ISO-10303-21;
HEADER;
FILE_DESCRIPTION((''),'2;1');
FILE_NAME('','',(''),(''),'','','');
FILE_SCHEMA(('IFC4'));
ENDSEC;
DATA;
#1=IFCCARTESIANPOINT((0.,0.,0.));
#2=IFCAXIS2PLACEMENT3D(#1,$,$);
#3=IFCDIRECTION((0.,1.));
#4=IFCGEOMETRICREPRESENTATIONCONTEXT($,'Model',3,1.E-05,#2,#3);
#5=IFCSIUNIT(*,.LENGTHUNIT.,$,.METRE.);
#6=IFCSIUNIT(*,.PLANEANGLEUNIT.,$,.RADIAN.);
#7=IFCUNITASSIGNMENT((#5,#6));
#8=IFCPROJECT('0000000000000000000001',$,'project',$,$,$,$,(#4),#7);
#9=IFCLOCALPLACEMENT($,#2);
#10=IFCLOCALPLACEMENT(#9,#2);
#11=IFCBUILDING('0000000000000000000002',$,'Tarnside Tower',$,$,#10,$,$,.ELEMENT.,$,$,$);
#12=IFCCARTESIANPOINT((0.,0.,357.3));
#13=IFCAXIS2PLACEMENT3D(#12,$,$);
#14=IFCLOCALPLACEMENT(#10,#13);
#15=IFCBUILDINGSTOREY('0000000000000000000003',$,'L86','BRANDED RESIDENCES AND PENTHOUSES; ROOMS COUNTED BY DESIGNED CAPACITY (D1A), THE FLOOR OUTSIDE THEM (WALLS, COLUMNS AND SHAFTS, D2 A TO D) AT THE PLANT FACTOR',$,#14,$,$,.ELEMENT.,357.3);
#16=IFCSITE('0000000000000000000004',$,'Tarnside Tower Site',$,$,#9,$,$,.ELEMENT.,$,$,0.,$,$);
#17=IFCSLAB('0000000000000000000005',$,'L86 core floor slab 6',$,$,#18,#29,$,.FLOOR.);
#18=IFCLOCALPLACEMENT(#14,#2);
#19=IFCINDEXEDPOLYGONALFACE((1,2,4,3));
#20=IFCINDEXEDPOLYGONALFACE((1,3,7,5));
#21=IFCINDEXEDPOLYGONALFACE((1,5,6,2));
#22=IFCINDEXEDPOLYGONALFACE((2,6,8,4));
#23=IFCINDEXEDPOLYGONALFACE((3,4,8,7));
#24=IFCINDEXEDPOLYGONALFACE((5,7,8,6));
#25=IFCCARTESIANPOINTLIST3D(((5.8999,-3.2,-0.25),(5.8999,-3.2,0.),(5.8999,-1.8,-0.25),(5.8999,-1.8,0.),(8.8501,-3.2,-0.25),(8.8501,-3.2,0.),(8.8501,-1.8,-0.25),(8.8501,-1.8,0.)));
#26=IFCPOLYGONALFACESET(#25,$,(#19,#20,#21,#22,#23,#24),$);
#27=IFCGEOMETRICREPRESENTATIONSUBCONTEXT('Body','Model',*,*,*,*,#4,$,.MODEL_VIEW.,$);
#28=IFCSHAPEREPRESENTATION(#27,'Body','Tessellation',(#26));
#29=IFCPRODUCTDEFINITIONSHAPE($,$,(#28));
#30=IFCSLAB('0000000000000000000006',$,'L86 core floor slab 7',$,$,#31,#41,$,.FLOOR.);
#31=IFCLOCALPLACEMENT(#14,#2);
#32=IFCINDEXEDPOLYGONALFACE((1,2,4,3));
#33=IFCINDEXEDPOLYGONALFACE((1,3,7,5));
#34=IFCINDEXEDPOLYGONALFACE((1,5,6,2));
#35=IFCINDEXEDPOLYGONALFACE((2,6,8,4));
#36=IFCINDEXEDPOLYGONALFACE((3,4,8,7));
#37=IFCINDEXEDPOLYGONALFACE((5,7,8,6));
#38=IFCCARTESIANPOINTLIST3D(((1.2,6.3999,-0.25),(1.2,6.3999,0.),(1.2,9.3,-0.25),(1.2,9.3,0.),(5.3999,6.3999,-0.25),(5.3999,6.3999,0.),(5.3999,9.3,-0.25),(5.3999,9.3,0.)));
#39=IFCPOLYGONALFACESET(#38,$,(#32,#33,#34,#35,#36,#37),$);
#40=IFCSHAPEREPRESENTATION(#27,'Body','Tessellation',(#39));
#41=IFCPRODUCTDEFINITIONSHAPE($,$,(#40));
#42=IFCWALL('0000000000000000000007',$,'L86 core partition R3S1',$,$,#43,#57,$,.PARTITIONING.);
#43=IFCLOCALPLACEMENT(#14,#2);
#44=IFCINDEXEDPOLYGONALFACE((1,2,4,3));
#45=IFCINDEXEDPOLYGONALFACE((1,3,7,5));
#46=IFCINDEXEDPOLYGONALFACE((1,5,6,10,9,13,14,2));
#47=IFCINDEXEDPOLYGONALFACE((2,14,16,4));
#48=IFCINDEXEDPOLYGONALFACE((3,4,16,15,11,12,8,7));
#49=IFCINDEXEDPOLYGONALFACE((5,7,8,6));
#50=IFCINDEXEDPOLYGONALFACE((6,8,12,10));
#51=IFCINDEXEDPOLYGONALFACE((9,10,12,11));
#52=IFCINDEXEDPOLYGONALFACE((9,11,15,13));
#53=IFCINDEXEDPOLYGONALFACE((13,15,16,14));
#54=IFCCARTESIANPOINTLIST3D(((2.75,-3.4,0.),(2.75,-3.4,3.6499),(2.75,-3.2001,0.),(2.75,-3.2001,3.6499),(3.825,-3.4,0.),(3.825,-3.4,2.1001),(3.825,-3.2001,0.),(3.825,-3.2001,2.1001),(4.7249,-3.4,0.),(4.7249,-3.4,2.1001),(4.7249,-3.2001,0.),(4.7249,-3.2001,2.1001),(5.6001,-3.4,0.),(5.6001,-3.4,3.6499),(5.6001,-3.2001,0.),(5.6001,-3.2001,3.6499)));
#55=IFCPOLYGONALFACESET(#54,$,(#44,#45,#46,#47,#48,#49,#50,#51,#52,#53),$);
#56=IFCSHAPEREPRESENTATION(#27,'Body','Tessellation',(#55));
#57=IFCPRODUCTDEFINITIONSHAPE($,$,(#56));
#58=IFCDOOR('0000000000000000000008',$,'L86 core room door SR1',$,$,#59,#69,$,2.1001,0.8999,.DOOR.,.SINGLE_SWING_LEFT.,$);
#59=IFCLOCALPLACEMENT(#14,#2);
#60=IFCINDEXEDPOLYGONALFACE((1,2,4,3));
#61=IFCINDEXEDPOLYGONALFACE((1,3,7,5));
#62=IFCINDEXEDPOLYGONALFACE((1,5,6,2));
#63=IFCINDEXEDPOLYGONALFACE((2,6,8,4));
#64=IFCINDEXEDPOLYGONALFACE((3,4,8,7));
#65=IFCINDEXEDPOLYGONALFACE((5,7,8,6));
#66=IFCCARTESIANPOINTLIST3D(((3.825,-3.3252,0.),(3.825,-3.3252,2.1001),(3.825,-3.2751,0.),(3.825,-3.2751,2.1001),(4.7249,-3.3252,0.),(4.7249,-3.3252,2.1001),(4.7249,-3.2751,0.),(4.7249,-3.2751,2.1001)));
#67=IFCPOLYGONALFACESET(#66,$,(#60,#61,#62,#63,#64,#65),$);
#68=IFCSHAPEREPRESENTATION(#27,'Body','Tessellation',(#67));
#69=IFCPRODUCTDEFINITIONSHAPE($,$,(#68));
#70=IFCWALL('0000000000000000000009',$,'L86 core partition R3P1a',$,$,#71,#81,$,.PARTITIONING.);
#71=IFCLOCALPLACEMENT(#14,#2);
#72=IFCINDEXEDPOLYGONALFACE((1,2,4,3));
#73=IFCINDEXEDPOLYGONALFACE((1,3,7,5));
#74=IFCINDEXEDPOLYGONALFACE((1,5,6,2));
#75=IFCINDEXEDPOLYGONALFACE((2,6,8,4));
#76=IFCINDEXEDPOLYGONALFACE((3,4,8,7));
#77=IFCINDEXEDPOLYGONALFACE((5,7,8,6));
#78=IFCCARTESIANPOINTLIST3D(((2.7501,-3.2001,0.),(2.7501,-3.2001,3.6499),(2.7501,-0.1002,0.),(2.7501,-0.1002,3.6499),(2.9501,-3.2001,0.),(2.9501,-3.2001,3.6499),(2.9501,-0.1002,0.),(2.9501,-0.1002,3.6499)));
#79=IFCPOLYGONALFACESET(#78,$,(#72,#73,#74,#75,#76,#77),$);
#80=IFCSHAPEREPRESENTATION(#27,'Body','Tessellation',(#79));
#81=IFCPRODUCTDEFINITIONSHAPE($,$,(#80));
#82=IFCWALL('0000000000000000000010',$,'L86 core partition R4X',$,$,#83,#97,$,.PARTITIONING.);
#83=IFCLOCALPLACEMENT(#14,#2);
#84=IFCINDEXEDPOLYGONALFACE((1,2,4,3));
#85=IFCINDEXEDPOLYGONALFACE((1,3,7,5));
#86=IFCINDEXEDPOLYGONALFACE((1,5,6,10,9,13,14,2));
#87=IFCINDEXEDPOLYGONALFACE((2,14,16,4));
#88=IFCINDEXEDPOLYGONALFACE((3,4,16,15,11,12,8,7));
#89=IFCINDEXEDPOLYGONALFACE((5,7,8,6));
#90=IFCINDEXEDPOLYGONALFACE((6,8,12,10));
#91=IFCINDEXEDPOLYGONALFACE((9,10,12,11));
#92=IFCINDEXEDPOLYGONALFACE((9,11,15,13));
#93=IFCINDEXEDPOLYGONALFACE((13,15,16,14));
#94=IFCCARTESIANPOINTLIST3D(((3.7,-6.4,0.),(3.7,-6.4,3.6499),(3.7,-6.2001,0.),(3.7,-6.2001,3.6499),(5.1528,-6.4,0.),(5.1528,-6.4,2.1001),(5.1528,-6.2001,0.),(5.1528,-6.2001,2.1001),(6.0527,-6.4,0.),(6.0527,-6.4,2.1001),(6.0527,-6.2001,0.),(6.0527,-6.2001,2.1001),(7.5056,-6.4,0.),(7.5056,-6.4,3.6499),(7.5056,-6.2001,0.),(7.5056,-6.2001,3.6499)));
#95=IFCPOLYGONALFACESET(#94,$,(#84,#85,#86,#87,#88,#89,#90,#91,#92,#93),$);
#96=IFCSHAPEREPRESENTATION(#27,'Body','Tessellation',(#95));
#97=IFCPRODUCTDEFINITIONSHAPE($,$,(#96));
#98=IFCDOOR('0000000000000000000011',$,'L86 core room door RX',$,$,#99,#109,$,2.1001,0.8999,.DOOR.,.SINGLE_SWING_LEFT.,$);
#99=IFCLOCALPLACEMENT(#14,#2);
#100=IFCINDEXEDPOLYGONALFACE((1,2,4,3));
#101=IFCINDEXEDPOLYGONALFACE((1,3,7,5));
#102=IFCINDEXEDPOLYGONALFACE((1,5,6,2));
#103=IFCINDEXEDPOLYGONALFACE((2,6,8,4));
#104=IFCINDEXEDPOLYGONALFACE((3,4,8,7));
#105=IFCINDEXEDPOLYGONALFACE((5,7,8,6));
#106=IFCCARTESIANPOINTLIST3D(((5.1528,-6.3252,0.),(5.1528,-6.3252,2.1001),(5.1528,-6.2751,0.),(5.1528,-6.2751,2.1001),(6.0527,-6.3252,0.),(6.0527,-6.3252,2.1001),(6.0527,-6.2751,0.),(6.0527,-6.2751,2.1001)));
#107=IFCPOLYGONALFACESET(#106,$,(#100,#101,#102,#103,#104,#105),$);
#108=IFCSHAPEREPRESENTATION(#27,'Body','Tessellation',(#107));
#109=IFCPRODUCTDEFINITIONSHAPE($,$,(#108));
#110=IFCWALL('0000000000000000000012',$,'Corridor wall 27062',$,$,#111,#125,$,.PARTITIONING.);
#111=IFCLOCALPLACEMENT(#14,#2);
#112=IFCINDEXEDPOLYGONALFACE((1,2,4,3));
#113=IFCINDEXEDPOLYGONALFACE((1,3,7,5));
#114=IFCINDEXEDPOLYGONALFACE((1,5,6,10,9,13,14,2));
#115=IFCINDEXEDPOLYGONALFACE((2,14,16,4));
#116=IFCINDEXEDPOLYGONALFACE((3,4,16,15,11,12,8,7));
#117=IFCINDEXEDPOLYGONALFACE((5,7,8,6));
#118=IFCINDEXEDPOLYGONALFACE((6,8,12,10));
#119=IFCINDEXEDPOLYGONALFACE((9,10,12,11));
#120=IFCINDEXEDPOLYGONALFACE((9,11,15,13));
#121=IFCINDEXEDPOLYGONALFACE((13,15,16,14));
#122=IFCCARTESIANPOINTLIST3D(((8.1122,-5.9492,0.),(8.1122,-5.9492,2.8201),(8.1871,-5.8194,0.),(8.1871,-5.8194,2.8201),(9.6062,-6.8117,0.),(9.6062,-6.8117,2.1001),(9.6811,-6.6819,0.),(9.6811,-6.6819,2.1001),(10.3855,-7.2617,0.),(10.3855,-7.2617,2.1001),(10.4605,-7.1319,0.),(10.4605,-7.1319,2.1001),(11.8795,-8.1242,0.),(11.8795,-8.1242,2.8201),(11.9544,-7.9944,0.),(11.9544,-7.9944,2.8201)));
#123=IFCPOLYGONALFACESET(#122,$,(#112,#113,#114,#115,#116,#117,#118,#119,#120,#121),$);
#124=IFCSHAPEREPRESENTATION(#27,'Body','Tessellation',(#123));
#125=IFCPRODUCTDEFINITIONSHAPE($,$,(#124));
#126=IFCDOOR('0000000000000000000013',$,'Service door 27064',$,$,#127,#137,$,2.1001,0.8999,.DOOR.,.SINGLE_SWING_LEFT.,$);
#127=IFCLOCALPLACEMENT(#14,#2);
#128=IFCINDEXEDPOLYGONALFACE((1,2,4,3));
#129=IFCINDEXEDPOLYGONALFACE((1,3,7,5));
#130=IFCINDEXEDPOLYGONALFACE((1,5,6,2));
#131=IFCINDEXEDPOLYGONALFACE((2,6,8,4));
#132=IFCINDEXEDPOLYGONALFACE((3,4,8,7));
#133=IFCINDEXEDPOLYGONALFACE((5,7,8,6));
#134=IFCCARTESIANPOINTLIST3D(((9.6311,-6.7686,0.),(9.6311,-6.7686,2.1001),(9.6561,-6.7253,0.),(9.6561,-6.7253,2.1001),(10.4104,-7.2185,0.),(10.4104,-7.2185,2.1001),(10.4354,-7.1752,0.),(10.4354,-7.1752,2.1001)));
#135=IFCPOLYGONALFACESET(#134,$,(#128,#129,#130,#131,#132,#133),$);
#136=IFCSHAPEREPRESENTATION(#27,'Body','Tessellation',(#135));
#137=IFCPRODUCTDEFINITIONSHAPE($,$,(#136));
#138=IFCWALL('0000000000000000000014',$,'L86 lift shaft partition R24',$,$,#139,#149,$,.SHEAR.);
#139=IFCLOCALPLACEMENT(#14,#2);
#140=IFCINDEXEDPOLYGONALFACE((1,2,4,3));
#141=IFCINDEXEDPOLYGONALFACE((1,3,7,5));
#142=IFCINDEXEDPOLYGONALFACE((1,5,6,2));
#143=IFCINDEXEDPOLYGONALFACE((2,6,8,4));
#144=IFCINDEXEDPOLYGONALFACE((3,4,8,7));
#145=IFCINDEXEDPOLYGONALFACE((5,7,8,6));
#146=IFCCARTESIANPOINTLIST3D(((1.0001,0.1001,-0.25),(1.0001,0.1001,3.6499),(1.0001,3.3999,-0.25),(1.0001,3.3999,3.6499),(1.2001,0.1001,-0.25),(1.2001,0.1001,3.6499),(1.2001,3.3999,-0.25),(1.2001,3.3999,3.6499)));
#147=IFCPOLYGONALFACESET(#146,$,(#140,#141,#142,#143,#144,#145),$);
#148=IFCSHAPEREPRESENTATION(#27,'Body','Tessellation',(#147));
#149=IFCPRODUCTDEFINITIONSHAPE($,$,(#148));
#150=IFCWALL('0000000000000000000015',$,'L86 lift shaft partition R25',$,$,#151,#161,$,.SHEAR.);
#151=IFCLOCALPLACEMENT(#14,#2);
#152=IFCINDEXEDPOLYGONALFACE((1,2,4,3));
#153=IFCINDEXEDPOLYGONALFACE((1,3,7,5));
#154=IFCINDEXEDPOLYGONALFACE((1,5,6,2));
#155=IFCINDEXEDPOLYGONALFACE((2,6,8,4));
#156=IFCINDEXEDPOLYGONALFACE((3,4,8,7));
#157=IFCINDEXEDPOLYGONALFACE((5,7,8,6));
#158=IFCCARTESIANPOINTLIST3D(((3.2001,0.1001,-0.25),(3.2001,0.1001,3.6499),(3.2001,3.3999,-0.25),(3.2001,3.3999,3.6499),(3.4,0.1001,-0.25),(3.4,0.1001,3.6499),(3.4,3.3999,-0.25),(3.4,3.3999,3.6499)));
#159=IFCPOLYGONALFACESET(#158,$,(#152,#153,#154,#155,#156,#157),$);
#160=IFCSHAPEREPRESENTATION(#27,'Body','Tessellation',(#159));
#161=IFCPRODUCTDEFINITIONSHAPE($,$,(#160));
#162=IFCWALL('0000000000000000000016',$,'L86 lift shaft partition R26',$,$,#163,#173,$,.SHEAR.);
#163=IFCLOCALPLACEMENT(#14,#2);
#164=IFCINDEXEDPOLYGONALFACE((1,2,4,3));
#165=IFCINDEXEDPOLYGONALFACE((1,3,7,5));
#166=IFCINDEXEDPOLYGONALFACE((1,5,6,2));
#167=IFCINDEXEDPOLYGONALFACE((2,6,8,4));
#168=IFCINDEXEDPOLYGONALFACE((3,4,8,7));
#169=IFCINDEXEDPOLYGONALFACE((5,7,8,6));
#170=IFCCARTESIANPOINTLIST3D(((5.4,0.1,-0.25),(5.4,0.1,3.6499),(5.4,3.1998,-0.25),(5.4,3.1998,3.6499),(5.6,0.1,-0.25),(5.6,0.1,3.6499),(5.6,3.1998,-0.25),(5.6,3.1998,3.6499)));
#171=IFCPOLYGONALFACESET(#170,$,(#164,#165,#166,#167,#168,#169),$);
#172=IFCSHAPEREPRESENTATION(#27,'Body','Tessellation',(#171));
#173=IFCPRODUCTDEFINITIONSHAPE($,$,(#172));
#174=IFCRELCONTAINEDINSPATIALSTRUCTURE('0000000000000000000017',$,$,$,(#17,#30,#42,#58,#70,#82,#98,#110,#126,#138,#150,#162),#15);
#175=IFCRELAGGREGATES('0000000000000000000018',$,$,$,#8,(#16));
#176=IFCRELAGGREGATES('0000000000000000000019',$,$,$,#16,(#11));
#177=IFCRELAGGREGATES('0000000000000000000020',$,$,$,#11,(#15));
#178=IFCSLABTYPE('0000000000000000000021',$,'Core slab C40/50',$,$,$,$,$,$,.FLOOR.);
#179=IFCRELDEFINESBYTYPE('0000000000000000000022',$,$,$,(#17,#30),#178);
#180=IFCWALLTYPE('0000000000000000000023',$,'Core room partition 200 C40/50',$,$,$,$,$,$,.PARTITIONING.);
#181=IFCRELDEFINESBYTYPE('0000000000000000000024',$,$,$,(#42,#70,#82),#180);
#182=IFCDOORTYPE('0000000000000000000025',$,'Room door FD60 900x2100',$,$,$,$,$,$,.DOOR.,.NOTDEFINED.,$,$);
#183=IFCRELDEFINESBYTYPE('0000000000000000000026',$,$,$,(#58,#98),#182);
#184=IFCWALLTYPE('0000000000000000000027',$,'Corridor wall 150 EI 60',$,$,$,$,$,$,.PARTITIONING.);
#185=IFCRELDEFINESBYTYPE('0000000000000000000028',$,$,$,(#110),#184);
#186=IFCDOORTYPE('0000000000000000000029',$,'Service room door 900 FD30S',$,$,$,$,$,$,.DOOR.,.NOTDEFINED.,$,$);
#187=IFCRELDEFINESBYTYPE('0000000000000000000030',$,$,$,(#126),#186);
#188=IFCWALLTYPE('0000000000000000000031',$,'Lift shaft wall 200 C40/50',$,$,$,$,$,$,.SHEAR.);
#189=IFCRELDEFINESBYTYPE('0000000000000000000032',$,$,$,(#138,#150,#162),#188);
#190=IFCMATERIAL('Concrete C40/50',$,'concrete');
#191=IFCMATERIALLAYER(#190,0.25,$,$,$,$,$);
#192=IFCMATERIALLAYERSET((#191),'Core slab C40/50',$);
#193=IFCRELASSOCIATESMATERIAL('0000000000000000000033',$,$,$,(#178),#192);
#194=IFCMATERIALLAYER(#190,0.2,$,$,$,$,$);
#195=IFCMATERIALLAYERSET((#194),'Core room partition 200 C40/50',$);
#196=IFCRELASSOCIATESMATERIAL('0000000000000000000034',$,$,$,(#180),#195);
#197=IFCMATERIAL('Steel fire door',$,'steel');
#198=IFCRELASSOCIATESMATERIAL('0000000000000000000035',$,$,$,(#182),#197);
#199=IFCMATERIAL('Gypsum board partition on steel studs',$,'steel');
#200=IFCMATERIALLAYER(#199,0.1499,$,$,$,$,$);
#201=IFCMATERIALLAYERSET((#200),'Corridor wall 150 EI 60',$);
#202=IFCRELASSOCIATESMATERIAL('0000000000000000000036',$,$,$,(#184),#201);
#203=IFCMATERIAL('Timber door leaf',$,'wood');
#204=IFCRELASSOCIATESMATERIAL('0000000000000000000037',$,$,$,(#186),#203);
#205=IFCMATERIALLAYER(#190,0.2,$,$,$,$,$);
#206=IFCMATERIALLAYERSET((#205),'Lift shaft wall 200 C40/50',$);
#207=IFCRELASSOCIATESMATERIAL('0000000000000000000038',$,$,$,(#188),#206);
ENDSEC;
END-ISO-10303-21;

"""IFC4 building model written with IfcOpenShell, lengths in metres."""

from ifc_helpers import new_model, si_unit, direction, frame, frame_2d, origin, place, context, subcontext, project, spatial, polyline, rectangle, outline, extrude, material, layer, layer_set, type_object, element, fill, save


model = new_model("IFC4")

# Units and contexts
model_context = context("Model", 3, precision=1e-05, world=origin(), true_north=direction((0.0, 1.0)))
body_context = subcontext(model_context, "Body", "Model", "MODEL_VIEW")
ifc_project = project(units=[si_unit("LENGTHUNIT", "METRE"), si_unit("PLANEANGLEUNIT", "RADIAN")], contexts=[model_context])

# Site, building, storey
site_placement = place(None, origin())
site = spatial("IfcSite", under=ifc_project, at=site_placement, Name="Tarnside Tower Site", CompositionType="ELEMENT", RefElevation=0.0)
building_placement = place(site_placement, origin())
building = spatial("IfcBuilding", under=site, at=building_placement, Name="Tarnside Tower", CompositionType="ELEMENT")
storey_placement = place(building_placement, frame((0.0, 0.0, 357.3)))
storey = spatial("IfcBuildingStorey", under=building, at=storey_placement, Name="L86", Description="BRANDED RESIDENCES AND PENTHOUSES; ROOMS COUNTED BY DESIGNED CAPACITY (D1A), THE FLOOR OUTSIDE THEM (WALLS, COLUMNS AND SHAFTS, D2 A TO D) AT THE PLANT FACTOR", CompositionType="ELEMENT", Elevation=357.3)

# Slabs
ifc_material_1 = material(Name="Concrete C40/50", Category="concrete")
ifc_layer_1 = layer(ifc_material_1, 0.25)
ifc_layer_set_1 = layer_set([ifc_layer_1], Name="Core slab C40/50")
slab_type = type_object("IfcSlabType", Name="Core slab C40/50", PredefinedType="FLOOR", material=ifc_layer_set_1)
slab_1_placement = place(storey_placement, frame((0.0, 0.0, -0.25)))
element("IfcSlab", 1, at=slab_1_placement, inside=storey, type_object=slab_type, Name="L86 core floor slab 6", PredefinedType="FLOOR", context=body_context, shape_type="SweptSolid", body=[
    extrude(outline(polyline([(5.8999, -1.8), (8.8501, -1.8), (8.8501, -3.2), (5.8999, -3.2), (5.8999, -1.8)])), origin(), (0.0, 0.0, 1.0), 0.25),
])
slab_2_placement = place(storey_placement, frame((0.0, 0.0, -0.25)))
element("IfcSlab", 2, at=slab_2_placement, inside=storey, type_object=slab_type, Name="L86 core floor slab 7", PredefinedType="FLOOR", context=body_context, shape_type="SweptSolid", body=[
    extrude(outline(polyline([(5.3999, 6.3999), (1.2, 6.3999), (1.2, 9.3), (5.3999, 9.3), (5.3999, 6.3999)])), origin(), (0.0, 0.0, 1.0), 0.25),
])

# Wall, opening, door
ifc_layer_2 = layer(ifc_material_1, 0.2)
ifc_layer_set_2 = layer_set([ifc_layer_2], Name="Core room partition 200 C40/50")
wall_type_1 = type_object("IfcWallType", Name="Core room partition 200 C40/50", PredefinedType="PARTITIONING", material=ifc_layer_set_2)
wall_1_placement = place(storey_placement, frame((2.75, -3.3, 0.0), z_axis=(0.0, 0.0, 1.0), x_axis=(1.0, 0.0, 0.0)))
wall_1 = element("IfcWall", 3, at=wall_1_placement, inside=storey, type_object=wall_type_1, Name="L86 core partition R3S1", PredefinedType="PARTITIONING", context=body_context, shape_type="SweptSolid", body=[
    extrude(rectangle(XDim=2.8501, YDim=0.2, at=frame_2d((1.425, 0.0))), origin(), (0.0, 0.0, 1.0), 3.6499),
])
opening_1_placement = place(wall_1_placement, frame((1.075, 0.0, 0.0)))
opening_1 = element("IfcOpeningElement", 4, at=opening_1_placement, cuts=wall_1, PredefinedType="OPENING", context=body_context, shape_type="SweptSolid", body=[
    extrude(rectangle(XDim=0.8999, YDim=2.1001, at=frame_2d((0.45, 1.05))), frame((0.0, 0.1099, 0.0), z_axis=(0.0, -1.0, 0.0), x_axis=(1.0, 0.0, 0.0)), (0.0, 0.0, 1.0), 0.22),
])
ifc_material_2 = material(Name="Steel fire door", Category="steel")
door_type_1 = type_object("IfcDoorType", Name="Room door FD60 900x2100", OperationType="NOTDEFINED", PredefinedType="DOOR", material=ifc_material_2)
door_1_placement = place(opening_1_placement, origin())
door_1 = element("IfcDoor", 5, at=door_1_placement, inside=storey, type_object=door_type_1, Name="L86 core room door SR1", OperationType="SINGLE_SWING_LEFT", OverallHeight=2.1001, OverallWidth=0.8999, PredefinedType="DOOR", context=body_context, shape_type="SweptSolid", body=[
    extrude(rectangle(XDim=0.8999, YDim=2.1001, at=frame_2d((0.45, 1.05))), frame((0.0, 0.0249, 0.0), z_axis=(0.0, -1.0, 0.0), x_axis=(1.0, 0.0, 0.0)), (0.0, 0.0, 1.0), 0.05),
])
fill(opening_1, door_1)

# Wall
wall_2_placement = place(storey_placement, frame((2.8501, -3.2, 0.0), z_axis=(0.0, 0.0, 1.0), x_axis=(0.0, 1.0, 0.0)))
element("IfcWall", 6, at=wall_2_placement, inside=storey, type_object=wall_type_1, Name="L86 core partition R3P1a", PredefinedType="PARTITIONING", context=body_context, shape_type="SweptSolid", body=[
    extrude(rectangle(XDim=3.0999, YDim=0.2, at=frame_2d((1.5498, 0.0))), origin(), (0.0, 0.0, 1.0), 3.6499),
])

# Walls, openings, doors
wall_3_placement = place(storey_placement, frame((3.7, -6.3, 0.0), z_axis=(0.0, 0.0, 1.0), x_axis=(1.0, 0.0, 0.0)))
wall_3 = element("IfcWall", 7, at=wall_3_placement, inside=storey, type_object=wall_type_1, Name="L86 core partition R4X", PredefinedType="PARTITIONING", context=body_context, shape_type="SweptSolid", body=[
    extrude(rectangle(XDim=3.8057, YDim=0.2, at=frame_2d((1.9028, 0.0))), origin(), (0.0, 0.0, 1.0), 3.6499),
])
opening_2_placement = place(wall_3_placement, frame((1.4529, 0.0, 0.0)))
opening_2 = element("IfcOpeningElement", 8, at=opening_2_placement, cuts=wall_3, PredefinedType="OPENING", context=body_context, shape_type="SweptSolid", body=[
    extrude(rectangle(XDim=0.8999, YDim=2.1001, at=frame_2d((0.45, 1.05))), frame((0.0, 0.1099, 0.0), z_axis=(0.0, -1.0, 0.0), x_axis=(1.0, 0.0, 0.0)), (0.0, 0.0, 1.0), 0.22),
])
door_2_placement = place(opening_2_placement, origin())
door_2 = element("IfcDoor", 9, at=door_2_placement, inside=storey, type_object=door_type_1, Name="L86 core room door RX", OperationType="SINGLE_SWING_LEFT", OverallHeight=2.1001, OverallWidth=0.8999, PredefinedType="DOOR", context=body_context, shape_type="SweptSolid", body=[
    extrude(rectangle(XDim=0.8999, YDim=2.1001, at=frame_2d((0.45, 1.05))), frame((0.0, 0.0249, 0.0), z_axis=(0.0, -1.0, 0.0), x_axis=(1.0, 0.0, 0.0)), (0.0, 0.0, 1.0), 0.05),
])
fill(opening_2, door_2)
ifc_material_3 = material(Name="Gypsum board partition on steel studs", Category="steel")
ifc_layer_3 = layer(ifc_material_3, 0.1499)
ifc_layer_set_3 = layer_set([ifc_layer_3], Name="Corridor wall 150 EI 60")
wall_type_2 = type_object("IfcWallType", Name="Corridor wall 150 EI 60", PredefinedType="PARTITIONING", material=ifc_layer_set_3)
wall_4_placement = place(storey_placement, frame((8.1497, -5.8843, 0.0), z_axis=(0.0, 0.0, 1.0), x_axis=(0.866028, -0.499996, 0.0)))
wall_4 = element("IfcWall", 10, at=wall_4_placement, inside=storey, type_object=wall_type_2, Name="Corridor wall 27062", PredefinedType="PARTITIONING", context=body_context, shape_type="SweptSolid", body=[
    extrude(rectangle(XDim=4.3501, YDim=0.1499, at=frame_2d((2.175, 0.0))), origin(), (0.0, 0.0, 1.0), 2.8201),
])
opening_3_placement = place(wall_4_placement, frame((1.7251, 0.0, 0.0)))
opening_3 = element("IfcOpeningElement", 11, at=opening_3_placement, cuts=wall_4, PredefinedType="OPENING", context=body_context, shape_type="SweptSolid", body=[
    extrude(rectangle(XDim=0.8999, YDim=2.1001, at=frame_2d((0.45, 1.05))), frame((0.0, 0.085, 0.0), z_axis=(0.0, -1.0, 0.0), x_axis=(1.0, 0.0, 0.0)), (0.0, 0.0, 1.0), 0.1699),
])
ifc_material_4 = material(Name="Timber door leaf", Category="wood")
door_type_2 = type_object("IfcDoorType", Name="Service room door 900 FD30S", OperationType="NOTDEFINED", PredefinedType="DOOR", material=ifc_material_4)
door_3_placement = place(opening_3_placement, origin())
door_3 = element("IfcDoor", 12, at=door_3_placement, inside=storey, type_object=door_type_2, Name="Service door 27064", OperationType="SINGLE_SWING_LEFT", OverallHeight=2.1001, OverallWidth=0.8999, PredefinedType="DOOR", context=body_context, shape_type="SweptSolid", body=[
    extrude(rectangle(XDim=0.8999, YDim=2.1001, at=frame_2d((0.45, 1.05))), frame((0.0, 0.0249, 0.0), z_axis=(0.0, -1.0, 0.0), x_axis=(1.0, 0.0, 0.0)), (0.0, 0.0, 1.0), 0.05),
])
fill(opening_3, door_3)

# Walls
ifc_layer_4 = layer(ifc_material_1, 0.2)
ifc_layer_set_4 = layer_set([ifc_layer_4], Name="Lift shaft wall 200 C40/50")
wall_type_3 = type_object("IfcWallType", Name="Lift shaft wall 200 C40/50", PredefinedType="SHEAR", material=ifc_layer_set_4)
for number, where, z_axis, x_axis, name in (
    (13, (1.1001, 0.1001, -0.25), (0.0, 0.0, 1.0), (0.0, 1.0, 0.0), "L86 lift shaft partition R24"),
    (14, (3.3, 0.1001, -0.25), (0.0, 0.0, 1.0), (0.0, 1.0, 0.0), "L86 lift shaft partition R25"),
):
    element("IfcWall", number, at=place(storey_placement, frame(where, z_axis=z_axis, x_axis=x_axis)), inside=storey, type_object=wall_type_3, Name=name, PredefinedType="SHEAR", context=body_context, shape_type="SweptSolid", body=[
        extrude(rectangle(XDim=3.2998, YDim=0.2, at=frame_2d((1.6499, 0.0))), origin(), (0.0, 0.0, 1.0), 3.8999),
    ])
wall_5_placement = place(storey_placement, frame((5.5, 0.1001, -0.25), z_axis=(0.0, 0.0, 1.0), x_axis=(0.0, 1.0, 0.0)))
element("IfcWall", 15, at=wall_5_placement, inside=storey, type_object=wall_type_3, Name="L86 lift shaft partition R26", PredefinedType="SHEAR", context=body_context, shape_type="SweptSolid", body=[
    extrude(rectangle(XDim=3.0999, YDim=0.2, at=frame_2d((1.5498, 0.0))), origin(), (0.0, 0.0, 1.0), 3.8999),
])

save(model, "model.ifc")
